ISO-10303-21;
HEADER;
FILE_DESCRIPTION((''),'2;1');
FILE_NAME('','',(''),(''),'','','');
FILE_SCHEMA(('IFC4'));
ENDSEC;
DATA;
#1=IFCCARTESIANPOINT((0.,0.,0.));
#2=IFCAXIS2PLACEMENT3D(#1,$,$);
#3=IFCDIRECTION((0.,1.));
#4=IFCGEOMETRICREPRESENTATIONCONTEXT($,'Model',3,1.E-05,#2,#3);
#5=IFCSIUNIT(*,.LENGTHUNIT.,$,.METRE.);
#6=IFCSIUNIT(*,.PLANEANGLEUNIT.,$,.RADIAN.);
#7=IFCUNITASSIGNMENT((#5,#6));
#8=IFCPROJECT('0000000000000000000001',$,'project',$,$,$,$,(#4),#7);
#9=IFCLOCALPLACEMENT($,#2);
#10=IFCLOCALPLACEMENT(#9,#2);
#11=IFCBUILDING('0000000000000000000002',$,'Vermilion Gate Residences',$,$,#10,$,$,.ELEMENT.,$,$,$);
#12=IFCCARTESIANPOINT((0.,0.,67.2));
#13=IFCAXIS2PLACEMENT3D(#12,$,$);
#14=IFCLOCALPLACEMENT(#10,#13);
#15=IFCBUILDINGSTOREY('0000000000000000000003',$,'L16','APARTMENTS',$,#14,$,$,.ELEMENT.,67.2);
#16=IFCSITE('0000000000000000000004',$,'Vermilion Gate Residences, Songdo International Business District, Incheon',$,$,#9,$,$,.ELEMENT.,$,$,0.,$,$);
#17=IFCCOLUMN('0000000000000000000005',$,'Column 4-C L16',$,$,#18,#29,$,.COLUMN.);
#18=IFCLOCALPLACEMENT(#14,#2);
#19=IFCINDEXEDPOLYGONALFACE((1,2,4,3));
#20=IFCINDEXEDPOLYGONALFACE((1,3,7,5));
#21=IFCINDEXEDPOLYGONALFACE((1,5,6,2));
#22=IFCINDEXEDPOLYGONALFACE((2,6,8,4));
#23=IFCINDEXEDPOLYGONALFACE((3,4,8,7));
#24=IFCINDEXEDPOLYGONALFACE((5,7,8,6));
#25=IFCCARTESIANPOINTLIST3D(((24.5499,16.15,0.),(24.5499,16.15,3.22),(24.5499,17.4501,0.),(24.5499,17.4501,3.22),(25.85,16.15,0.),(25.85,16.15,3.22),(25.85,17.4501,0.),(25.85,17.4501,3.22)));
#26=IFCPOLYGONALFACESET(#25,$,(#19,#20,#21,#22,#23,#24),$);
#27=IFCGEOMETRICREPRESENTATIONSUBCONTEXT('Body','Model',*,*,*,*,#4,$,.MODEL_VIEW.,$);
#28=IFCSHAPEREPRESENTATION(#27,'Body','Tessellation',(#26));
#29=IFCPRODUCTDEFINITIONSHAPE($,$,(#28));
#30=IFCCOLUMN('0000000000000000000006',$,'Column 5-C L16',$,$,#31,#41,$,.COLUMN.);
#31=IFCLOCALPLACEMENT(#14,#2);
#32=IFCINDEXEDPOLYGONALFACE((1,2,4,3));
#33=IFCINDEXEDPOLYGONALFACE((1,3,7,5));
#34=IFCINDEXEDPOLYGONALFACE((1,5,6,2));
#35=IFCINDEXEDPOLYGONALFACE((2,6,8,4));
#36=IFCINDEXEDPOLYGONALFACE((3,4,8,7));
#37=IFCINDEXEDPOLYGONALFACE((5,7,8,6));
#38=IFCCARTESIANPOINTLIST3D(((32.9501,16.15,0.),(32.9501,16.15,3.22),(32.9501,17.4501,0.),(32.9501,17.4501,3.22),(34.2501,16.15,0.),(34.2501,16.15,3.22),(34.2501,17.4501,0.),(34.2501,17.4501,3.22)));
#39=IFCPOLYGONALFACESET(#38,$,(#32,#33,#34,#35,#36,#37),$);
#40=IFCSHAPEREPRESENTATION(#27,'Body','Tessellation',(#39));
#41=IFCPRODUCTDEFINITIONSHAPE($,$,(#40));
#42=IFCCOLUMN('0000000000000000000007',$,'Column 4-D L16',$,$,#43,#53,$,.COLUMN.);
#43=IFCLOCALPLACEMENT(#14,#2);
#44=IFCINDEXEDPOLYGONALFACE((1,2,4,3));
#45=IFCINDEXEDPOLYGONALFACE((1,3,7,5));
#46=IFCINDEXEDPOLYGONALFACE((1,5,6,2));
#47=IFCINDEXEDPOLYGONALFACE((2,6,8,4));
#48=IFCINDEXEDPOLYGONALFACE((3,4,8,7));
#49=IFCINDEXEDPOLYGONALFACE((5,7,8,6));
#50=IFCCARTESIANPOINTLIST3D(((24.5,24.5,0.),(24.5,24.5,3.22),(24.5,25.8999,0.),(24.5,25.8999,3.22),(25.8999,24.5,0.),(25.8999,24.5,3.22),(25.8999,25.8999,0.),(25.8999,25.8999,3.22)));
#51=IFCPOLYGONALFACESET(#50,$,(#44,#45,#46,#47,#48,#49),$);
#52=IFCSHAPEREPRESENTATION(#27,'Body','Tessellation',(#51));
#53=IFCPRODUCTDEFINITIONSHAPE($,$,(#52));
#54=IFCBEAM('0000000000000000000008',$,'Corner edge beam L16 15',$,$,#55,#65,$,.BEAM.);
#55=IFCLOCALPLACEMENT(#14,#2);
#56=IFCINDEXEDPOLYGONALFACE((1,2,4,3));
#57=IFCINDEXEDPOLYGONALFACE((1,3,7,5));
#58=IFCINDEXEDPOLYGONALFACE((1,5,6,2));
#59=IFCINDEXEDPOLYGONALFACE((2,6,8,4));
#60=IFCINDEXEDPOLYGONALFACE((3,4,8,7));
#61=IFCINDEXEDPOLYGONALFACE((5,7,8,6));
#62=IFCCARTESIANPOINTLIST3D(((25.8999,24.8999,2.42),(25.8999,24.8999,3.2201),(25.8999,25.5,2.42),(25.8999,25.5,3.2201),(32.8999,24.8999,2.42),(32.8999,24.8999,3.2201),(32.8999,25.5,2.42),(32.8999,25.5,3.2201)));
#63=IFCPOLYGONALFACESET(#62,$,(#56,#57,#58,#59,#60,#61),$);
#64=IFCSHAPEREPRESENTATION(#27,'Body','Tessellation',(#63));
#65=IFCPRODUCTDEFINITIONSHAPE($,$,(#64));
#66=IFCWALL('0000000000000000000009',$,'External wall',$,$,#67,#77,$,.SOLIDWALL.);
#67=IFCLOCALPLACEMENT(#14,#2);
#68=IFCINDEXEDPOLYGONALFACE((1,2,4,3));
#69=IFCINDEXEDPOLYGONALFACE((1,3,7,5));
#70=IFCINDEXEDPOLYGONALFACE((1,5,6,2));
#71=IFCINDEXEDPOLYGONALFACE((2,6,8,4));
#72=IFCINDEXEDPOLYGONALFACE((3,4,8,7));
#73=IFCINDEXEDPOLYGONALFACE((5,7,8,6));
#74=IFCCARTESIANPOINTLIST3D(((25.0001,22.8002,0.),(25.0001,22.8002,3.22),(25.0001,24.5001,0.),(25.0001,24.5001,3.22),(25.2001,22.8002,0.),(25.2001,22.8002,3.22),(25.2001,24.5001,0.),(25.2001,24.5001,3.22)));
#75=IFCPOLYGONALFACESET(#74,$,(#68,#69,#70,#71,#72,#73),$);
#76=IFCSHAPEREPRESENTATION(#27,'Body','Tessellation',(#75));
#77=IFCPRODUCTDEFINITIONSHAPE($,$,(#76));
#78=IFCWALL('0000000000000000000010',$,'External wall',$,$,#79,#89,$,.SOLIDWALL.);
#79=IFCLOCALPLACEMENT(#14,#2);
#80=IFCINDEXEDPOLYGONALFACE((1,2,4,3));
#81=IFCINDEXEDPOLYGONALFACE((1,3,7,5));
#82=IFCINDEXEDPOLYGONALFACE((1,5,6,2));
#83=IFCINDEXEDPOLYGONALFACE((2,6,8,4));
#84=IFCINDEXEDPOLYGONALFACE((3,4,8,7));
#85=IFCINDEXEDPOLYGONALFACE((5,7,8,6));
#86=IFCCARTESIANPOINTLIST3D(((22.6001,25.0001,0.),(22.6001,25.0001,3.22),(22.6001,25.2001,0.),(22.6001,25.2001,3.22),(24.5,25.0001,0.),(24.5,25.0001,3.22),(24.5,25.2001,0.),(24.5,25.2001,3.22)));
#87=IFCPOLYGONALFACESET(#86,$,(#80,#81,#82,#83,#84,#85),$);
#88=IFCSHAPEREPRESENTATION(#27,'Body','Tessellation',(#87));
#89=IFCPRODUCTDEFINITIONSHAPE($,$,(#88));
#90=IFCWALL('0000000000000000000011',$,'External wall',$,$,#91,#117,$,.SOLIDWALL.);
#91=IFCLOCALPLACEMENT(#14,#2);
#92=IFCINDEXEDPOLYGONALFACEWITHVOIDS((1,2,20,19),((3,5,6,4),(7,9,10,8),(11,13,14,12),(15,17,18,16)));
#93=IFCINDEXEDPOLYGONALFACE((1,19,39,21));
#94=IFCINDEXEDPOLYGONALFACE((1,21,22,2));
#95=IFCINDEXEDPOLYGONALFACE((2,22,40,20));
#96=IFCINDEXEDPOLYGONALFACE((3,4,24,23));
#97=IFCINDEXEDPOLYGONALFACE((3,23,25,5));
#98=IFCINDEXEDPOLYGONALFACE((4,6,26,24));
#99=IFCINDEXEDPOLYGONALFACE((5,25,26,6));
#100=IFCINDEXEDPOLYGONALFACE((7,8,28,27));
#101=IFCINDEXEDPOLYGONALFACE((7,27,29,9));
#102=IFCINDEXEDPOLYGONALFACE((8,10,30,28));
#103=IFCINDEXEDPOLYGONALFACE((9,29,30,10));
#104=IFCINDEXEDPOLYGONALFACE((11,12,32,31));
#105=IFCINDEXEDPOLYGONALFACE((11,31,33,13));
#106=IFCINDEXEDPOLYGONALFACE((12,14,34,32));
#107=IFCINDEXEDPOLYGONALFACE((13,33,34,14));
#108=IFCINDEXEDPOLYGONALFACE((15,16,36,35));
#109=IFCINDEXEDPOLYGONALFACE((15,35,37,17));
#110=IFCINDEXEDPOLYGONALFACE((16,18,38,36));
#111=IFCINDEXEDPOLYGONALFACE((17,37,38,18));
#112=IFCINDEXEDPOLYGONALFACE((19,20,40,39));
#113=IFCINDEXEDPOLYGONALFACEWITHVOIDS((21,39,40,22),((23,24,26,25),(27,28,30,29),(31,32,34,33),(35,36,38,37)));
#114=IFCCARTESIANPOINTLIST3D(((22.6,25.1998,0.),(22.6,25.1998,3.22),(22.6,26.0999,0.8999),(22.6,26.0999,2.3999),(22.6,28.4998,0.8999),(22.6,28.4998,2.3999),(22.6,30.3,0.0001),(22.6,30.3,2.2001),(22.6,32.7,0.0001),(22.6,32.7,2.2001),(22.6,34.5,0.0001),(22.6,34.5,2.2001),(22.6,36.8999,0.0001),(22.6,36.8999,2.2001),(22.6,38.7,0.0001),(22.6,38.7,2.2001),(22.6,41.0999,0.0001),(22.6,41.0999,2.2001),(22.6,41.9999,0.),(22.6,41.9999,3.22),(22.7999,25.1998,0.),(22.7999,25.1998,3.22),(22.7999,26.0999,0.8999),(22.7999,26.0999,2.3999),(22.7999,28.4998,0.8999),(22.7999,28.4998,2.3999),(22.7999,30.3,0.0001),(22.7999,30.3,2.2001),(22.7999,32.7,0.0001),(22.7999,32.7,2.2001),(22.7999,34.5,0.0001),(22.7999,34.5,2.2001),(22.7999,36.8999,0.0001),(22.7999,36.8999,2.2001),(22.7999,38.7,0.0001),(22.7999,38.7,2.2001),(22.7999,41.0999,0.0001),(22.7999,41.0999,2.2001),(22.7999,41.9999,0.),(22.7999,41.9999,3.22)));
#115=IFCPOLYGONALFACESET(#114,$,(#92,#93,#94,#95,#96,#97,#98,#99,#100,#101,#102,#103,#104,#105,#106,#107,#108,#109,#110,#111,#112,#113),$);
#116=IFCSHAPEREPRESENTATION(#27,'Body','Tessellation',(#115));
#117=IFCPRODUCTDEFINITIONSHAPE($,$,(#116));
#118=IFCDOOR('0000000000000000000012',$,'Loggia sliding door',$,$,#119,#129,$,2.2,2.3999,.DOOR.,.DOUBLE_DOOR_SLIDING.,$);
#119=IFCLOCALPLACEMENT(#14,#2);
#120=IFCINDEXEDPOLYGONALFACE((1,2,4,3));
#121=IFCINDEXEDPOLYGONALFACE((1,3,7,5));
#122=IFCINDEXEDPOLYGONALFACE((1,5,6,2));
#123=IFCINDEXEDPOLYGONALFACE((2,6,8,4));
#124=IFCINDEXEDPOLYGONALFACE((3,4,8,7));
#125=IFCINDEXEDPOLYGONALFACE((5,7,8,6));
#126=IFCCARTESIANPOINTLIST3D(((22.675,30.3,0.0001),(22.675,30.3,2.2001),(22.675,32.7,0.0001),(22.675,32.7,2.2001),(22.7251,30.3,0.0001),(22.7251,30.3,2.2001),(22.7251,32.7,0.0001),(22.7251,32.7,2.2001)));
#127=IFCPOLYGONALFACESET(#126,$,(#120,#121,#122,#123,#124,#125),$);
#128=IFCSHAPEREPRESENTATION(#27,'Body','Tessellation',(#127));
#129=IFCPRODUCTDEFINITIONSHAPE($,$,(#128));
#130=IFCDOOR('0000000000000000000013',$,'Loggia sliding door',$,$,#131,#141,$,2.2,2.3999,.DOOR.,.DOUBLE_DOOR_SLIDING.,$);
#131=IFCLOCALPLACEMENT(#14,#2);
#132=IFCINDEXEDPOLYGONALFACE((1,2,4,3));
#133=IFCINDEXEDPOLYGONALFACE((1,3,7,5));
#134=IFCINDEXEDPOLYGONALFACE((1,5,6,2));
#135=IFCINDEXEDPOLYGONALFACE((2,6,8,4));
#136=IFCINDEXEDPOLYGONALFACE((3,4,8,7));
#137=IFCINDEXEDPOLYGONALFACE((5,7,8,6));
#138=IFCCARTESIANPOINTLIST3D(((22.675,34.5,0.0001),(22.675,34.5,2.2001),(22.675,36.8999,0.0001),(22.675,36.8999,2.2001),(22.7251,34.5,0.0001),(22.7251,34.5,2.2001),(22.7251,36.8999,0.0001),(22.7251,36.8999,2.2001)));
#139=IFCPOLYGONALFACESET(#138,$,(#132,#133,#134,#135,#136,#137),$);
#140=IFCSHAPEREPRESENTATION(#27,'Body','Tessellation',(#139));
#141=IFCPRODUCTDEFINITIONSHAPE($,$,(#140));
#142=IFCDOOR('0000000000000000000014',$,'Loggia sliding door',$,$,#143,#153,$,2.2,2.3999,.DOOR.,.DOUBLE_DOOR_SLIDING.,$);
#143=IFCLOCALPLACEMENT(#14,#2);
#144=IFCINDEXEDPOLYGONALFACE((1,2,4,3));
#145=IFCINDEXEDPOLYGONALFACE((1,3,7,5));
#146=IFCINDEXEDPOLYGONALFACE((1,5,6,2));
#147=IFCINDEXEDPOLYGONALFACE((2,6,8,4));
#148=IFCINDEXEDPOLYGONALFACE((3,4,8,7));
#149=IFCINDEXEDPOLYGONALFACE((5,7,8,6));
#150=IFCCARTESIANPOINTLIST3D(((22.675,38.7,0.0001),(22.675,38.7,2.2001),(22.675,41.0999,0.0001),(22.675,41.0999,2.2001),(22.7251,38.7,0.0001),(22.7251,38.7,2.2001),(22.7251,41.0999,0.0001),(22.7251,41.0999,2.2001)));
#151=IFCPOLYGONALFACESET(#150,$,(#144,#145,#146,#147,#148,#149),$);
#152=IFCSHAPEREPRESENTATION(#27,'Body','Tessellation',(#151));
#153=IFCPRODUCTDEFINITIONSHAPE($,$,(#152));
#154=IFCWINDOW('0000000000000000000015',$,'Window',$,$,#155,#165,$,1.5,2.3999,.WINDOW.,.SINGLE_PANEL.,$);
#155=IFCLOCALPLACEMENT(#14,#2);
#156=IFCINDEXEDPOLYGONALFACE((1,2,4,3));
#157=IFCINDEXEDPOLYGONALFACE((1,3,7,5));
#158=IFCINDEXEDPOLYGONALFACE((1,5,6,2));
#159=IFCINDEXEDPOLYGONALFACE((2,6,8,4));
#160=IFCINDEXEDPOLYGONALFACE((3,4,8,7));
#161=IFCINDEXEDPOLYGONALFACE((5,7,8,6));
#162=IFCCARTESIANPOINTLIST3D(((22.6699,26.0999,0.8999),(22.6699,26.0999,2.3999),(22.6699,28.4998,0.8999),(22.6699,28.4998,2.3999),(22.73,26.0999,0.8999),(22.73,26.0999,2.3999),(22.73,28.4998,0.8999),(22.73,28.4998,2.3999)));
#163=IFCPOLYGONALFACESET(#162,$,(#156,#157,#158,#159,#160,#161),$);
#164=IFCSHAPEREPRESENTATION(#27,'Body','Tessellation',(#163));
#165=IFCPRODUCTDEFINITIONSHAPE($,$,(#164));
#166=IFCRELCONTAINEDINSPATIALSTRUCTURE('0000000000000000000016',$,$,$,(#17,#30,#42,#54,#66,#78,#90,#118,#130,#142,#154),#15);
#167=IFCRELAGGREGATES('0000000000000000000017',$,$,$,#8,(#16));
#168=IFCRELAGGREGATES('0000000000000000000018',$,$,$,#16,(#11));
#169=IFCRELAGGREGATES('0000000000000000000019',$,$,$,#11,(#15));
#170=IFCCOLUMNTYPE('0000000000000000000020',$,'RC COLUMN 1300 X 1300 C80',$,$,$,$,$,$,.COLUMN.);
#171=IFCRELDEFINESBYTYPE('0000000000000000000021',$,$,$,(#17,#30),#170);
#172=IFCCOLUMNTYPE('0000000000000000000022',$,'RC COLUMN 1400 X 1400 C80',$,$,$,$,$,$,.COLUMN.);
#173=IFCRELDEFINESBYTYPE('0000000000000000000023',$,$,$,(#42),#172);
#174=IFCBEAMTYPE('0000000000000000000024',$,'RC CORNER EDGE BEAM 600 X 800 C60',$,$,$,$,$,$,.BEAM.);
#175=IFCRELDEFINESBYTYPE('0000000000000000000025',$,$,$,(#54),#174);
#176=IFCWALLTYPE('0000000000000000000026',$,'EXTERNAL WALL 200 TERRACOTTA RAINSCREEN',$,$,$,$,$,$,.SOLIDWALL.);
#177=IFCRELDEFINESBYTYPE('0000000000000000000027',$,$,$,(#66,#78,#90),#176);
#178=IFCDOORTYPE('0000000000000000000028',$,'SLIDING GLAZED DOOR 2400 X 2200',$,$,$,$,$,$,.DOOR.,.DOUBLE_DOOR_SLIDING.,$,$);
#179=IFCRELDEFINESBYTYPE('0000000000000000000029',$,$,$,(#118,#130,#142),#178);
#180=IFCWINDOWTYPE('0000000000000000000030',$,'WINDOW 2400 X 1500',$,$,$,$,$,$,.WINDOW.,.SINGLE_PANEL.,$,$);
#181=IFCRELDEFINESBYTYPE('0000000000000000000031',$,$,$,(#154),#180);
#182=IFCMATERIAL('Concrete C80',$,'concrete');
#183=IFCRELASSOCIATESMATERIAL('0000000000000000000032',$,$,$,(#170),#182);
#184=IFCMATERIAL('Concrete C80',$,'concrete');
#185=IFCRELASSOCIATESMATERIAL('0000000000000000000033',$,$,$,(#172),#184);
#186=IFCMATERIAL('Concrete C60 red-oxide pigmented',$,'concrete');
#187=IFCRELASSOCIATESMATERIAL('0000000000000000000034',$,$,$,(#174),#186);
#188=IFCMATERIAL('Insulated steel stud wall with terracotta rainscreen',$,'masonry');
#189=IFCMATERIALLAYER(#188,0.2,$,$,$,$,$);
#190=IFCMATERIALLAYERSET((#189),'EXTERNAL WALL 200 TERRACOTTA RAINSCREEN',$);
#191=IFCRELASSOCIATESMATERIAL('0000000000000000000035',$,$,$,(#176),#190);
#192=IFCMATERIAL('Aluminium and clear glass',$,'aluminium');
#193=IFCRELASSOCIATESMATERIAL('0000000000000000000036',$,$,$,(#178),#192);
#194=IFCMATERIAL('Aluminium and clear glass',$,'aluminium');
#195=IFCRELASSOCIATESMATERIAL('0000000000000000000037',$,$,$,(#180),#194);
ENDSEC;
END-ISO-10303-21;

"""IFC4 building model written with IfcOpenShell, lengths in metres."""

from ifc_helpers import new_model, si_unit, direction, frame, frame_2d, origin, origin_2d, place, context, subcontext, project, spatial, rectangle, extrude, material, layer, layer_set, material_profile, profile_set, type_object, element, fill, save


model = new_model("IFC4")

# Units and contexts
model_context = context("Model", 3, precision=1e-05, world=origin(), true_north=direction((0.0, 1.0)))
body_context = subcontext(model_context, "Body", "Model", "MODEL_VIEW")
ifc_project = project(units=[si_unit("LENGTHUNIT", "METRE"), si_unit("PLANEANGLEUNIT", "RADIAN")], contexts=[model_context])

# Site, building, storey
site_placement = place(None, origin())
site = spatial("IfcSite", under=ifc_project, at=site_placement, Name="Vermilion Gate Residences, Songdo International Business District, Incheon", CompositionType="ELEMENT", RefElevation=0.0)
building_placement = place(site_placement, origin())
building = spatial("IfcBuilding", under=site, at=building_placement, Name="Vermilion Gate Residences", CompositionType="ELEMENT")
storey_placement = place(building_placement, frame((0.0, 0.0, 67.2)))
storey = spatial("IfcBuildingStorey", under=building, at=storey_placement, Name="L16", Description="APARTMENTS", CompositionType="ELEMENT", Elevation=67.2)

# Columns
ifc_material_1 = material(Name="Concrete C80", Category="concrete")
ifc_material_profile_1 = material_profile(ifc_material_1, rectangle(XDim=1.3, YDim=1.3, at=origin_2d()), Name="RC-1300x1300")
ifc_profile_set_1 = profile_set([ifc_material_profile_1], Name="Concrete C80")
column_type_1 = type_object("IfcColumnType", Name="RC COLUMN 1300 X 1300 C80", PredefinedType="COLUMN", material=ifc_profile_set_1)
for number, where, z_axis, x_axis, name in (
    (1, (25.2, 16.8, 0.0), (0.0, 0.0, 1.0), (1.0, 0.0, 0.0), "Column 4-C L16"),
    (2, (33.6001, 16.8, 0.0), (0.0, 0.0, 1.0), (1.0, 0.0, 0.0), "Column 5-C L16"),
):
    element("IfcColumn", number, at=place(storey_placement, frame(where, z_axis=z_axis, x_axis=x_axis)), inside=storey, type_object=column_type_1, Name=name, PredefinedType="COLUMN", context=body_context, shape_type="SweptSolid", body=[
        extrude(rectangle(XDim=1.3, YDim=1.3, at=origin_2d()), origin(), (0.0, 0.0, 1.0), 3.22),
    ])
ifc_material_2 = material(Name="Concrete C80", Category="concrete")
ifc_material_profile_2 = material_profile(ifc_material_2, rectangle(XDim=1.3999, YDim=1.3999, at=origin_2d()), Name="RC-1400x1400")
ifc_profile_set_2 = profile_set([ifc_material_profile_2], Name="Concrete C80")
column_type_2 = type_object("IfcColumnType", Name="RC COLUMN 1400 X 1400 C80", PredefinedType="COLUMN", material=ifc_profile_set_2)
column_placement = place(storey_placement, frame((25.2, 25.2, 0.0), z_axis=(0.0, 0.0, 1.0), x_axis=(1.0, 0.0, 0.0)))
element("IfcColumn", 3, at=column_placement, inside=storey, type_object=column_type_2, Name="Column 4-D L16", PredefinedType="COLUMN", context=body_context, shape_type="SweptSolid", body=[
    extrude(rectangle(XDim=1.3999, YDim=1.3999, at=origin_2d()), origin(), (0.0, 0.0, 1.0), 3.22),
])

# Beam
ifc_material_3 = material(Name="Concrete C60 red-oxide pigmented", Category="concrete")
ifc_material_profile_3 = material_profile(ifc_material_3, rectangle(XDim=0.6001, YDim=0.8, at=origin_2d()), Name="RC-600x800")
ifc_profile_set_3 = profile_set([ifc_material_profile_3], Name="Concrete C60 red-oxide pigmented")
beam_type = type_object("IfcBeamType", Name="RC CORNER EDGE BEAM 600 X 800 C60", PredefinedType="BEAM", material=ifc_profile_set_3)
beam_placement = place(storey_placement, frame((25.8999, 25.2, 2.8201), z_axis=(1.0, 0.0, 0.0), x_axis=(0.0, 1.0, 0.0)))
element("IfcBeam", 4, at=beam_placement, inside=storey, type_object=beam_type, Name="Corner edge beam L16 15", PredefinedType="BEAM", context=body_context, shape_type="SweptSolid", body=[
    extrude(rectangle(XDim=0.6001, YDim=0.8, at=origin_2d()), origin(), (0.0, 0.0, 1.0), 7.0),
])

# Walls
ifc_material_4 = material(Name="Insulated steel stud wall with terracotta rainscreen", Category="masonry")
ifc_layer_1 = layer(ifc_material_4, 0.2)
ifc_layer_set_1 = layer_set([ifc_layer_1], Name="EXTERNAL WALL 200 TERRACOTTA RAINSCREEN")
wall_type_1 = type_object("IfcWallType", Name="EXTERNAL WALL 200 TERRACOTTA RAINSCREEN", PredefinedType="SOLIDWALL", material=ifc_layer_set_1)
wall_1_placement = place(storey_placement, frame((25.1001, 22.8, 0.0), z_axis=(0.0, 0.0, 1.0), x_axis=(0.0, 1.0, 0.0)))
element("IfcWall", 5, at=wall_1_placement, inside=storey, type_object=wall_type_1, Name="External wall", PredefinedType="SOLIDWALL", context=body_context, shape_type="SweptSolid", body=[
    extrude(rectangle(XDim=1.7, YDim=0.2, at=frame_2d((0.8501, 0.0))), origin(), (0.0, 0.0, 1.0), 3.22),
])
wall_2_placement = place(storey_placement, frame((24.5, 25.1001, 0.0), z_axis=(0.0, 0.0, 1.0), x_axis=(-1.0, 0.0, 0.0)))
element("IfcWall", 6, at=wall_2_placement, inside=storey, type_object=wall_type_1, Name="External wall", PredefinedType="SOLIDWALL", context=body_context, shape_type="SweptSolid", body=[
    extrude(rectangle(XDim=1.8999, YDim=0.2, at=frame_2d((0.95, 0.0))), origin(), (0.0, 0.0, 1.0), 3.22),
])

# Wall, openings, doors, window
wall_3_placement = place(storey_placement, frame((22.7, 25.2, 0.0), z_axis=(0.0, 0.0, 1.0), x_axis=(0.0, 1.0, 0.0)))
wall_3 = element("IfcWall", 7, at=wall_3_placement, inside=storey, type_object=wall_type_1, Name="External wall", PredefinedType="SOLIDWALL", context=body_context, shape_type="SweptSolid", body=[
    extrude(rectangle(XDim=16.8, YDim=0.2, at=frame_2d((8.3999, 0.0))), origin(), (0.0, 0.0, 1.0), 3.22),
])
opening_1_placement = place(wall_3_placement, frame((0.8999, 0.0, 0.8999)))
opening_1 = element("IfcOpeningElement", 8, at=opening_1_placement, cuts=wall_3, PredefinedType="OPENING", context=body_context, shape_type="SweptSolid", body=[
    extrude(rectangle(XDim=2.3999, YDim=1.5, at=frame_2d((1.2, 0.75))), frame((0.0, 0.1099, 0.0), z_axis=(0.0, -1.0, 0.0), x_axis=(1.0, 0.0, 0.0)), (0.0, 0.0, 1.0), 0.22),
])
opening_2_placement = place(wall_3_placement, frame((5.1001, 0.0, 0.0)))
opening_2 = element("IfcOpeningElement", 9, at=opening_2_placement, cuts=wall_3, PredefinedType="OPENING", context=body_context, shape_type="SweptSolid", body=[
    extrude(rectangle(XDim=2.3999, YDim=2.2, at=frame_2d((1.2, 1.1001))), frame((0.0, 0.1099, 0.0), z_axis=(0.0, -1.0, 0.0), x_axis=(1.0, 0.0, 0.0)), (0.0, 0.0, 1.0), 0.22),
])
opening_3_placement = place(wall_3_placement, frame((9.3, 0.0, 0.0)))
opening_3 = element("IfcOpeningElement", 10, at=opening_3_placement, cuts=wall_3, PredefinedType="OPENING", context=body_context, shape_type="SweptSolid", body=[
    extrude(rectangle(XDim=2.3999, YDim=2.2, at=frame_2d((1.2, 1.1001))), frame((0.0, 0.1099, 0.0), z_axis=(0.0, -1.0, 0.0), x_axis=(1.0, 0.0, 0.0)), (0.0, 0.0, 1.0), 0.22),
])
opening_4_placement = place(wall_3_placement, frame((13.5, 0.0, 0.0)))
opening_4 = element("IfcOpeningElement", 11, at=opening_4_placement, cuts=wall_3, PredefinedType="OPENING", context=body_context, shape_type="SweptSolid", body=[
    extrude(rectangle(XDim=2.3999, YDim=2.2, at=frame_2d((1.2, 1.1001))), frame((0.0, 0.1099, 0.0), z_axis=(0.0, -1.0, 0.0), x_axis=(1.0, 0.0, 0.0)), (0.0, 0.0, 1.0), 0.22),
])
ifc_material_5 = material(Name="Aluminium and clear glass", Category="aluminium")
door_type_1 = type_object("IfcDoorType", Name="SLIDING GLAZED DOOR 2400 X 2200", OperationType="DOUBLE_DOOR_SLIDING", PredefinedType="DOOR", material=ifc_material_5)
door_1_placement = place(opening_2_placement, origin())
door_1 = element("IfcDoor", 12, at=door_1_placement, inside=storey, type_object=door_type_1, Name="Loggia sliding door", OperationType="DOUBLE_DOOR_SLIDING", OverallHeight=2.2, OverallWidth=2.3999, PredefinedType="DOOR", context=body_context, shape_type="SweptSolid", body=[
    extrude(rectangle(XDim=2.3999, YDim=2.2, at=frame_2d((1.2, 1.1001))), frame((0.0, 0.0249, 0.0), z_axis=(0.0, -1.0, 0.0), x_axis=(1.0, 0.0, 0.0)), (0.0, 0.0, 1.0), 0.05),
])
fill(opening_2, door_1)
door_2_placement = place(opening_3_placement, origin())
door_2 = element("IfcDoor", 13, at=door_2_placement, inside=storey, type_object=door_type_1, Name="Loggia sliding door", OperationType="DOUBLE_DOOR_SLIDING", OverallHeight=2.2, OverallWidth=2.3999, PredefinedType="DOOR", context=body_context, shape_type="SweptSolid", body=[
    extrude(rectangle(XDim=2.3999, YDim=2.2, at=frame_2d((1.2, 1.1001))), frame((0.0, 0.0249, 0.0), z_axis=(0.0, -1.0, 0.0), x_axis=(1.0, 0.0, 0.0)), (0.0, 0.0, 1.0), 0.05),
])
fill(opening_3, door_2)
door_3_placement = place(opening_4_placement, origin())
door_3 = element("IfcDoor", 14, at=door_3_placement, inside=storey, type_object=door_type_1, Name="Loggia sliding door", OperationType="DOUBLE_DOOR_SLIDING", OverallHeight=2.2, OverallWidth=2.3999, PredefinedType="DOOR", context=body_context, shape_type="SweptSolid", body=[
    extrude(rectangle(XDim=2.3999, YDim=2.2, at=frame_2d((1.2, 1.1001))), frame((0.0, 0.0249, 0.0), z_axis=(0.0, -1.0, 0.0), x_axis=(1.0, 0.0, 0.0)), (0.0, 0.0, 1.0), 0.05),
])
fill(opening_4, door_3)
ifc_material_6 = material(Name="Aluminium and clear glass", Category="aluminium")
window_type = type_object("IfcWindowType", Name="WINDOW 2400 X 1500", PartitioningType="SINGLE_PANEL", PredefinedType="WINDOW", material=ifc_material_6)
window_placement = place(opening_1_placement, origin())
window = element("IfcWindow", 15, at=window_placement, inside=storey, type_object=window_type, Name="Window", OverallHeight=1.5, OverallWidth=2.3999, PartitioningType="SINGLE_PANEL", PredefinedType="WINDOW", context=body_context, shape_type="SweptSolid", body=[
    extrude(rectangle(XDim=2.3999, YDim=1.5, at=frame_2d((1.2, 0.75))), frame((0.0, 0.03, 0.0), z_axis=(0.0, -1.0, 0.0), x_axis=(1.0, 0.0, 0.0)), (0.0, 0.0, 1.0), 0.0601),
])
fill(opening_1, window)

save(model, "model.ifc")
